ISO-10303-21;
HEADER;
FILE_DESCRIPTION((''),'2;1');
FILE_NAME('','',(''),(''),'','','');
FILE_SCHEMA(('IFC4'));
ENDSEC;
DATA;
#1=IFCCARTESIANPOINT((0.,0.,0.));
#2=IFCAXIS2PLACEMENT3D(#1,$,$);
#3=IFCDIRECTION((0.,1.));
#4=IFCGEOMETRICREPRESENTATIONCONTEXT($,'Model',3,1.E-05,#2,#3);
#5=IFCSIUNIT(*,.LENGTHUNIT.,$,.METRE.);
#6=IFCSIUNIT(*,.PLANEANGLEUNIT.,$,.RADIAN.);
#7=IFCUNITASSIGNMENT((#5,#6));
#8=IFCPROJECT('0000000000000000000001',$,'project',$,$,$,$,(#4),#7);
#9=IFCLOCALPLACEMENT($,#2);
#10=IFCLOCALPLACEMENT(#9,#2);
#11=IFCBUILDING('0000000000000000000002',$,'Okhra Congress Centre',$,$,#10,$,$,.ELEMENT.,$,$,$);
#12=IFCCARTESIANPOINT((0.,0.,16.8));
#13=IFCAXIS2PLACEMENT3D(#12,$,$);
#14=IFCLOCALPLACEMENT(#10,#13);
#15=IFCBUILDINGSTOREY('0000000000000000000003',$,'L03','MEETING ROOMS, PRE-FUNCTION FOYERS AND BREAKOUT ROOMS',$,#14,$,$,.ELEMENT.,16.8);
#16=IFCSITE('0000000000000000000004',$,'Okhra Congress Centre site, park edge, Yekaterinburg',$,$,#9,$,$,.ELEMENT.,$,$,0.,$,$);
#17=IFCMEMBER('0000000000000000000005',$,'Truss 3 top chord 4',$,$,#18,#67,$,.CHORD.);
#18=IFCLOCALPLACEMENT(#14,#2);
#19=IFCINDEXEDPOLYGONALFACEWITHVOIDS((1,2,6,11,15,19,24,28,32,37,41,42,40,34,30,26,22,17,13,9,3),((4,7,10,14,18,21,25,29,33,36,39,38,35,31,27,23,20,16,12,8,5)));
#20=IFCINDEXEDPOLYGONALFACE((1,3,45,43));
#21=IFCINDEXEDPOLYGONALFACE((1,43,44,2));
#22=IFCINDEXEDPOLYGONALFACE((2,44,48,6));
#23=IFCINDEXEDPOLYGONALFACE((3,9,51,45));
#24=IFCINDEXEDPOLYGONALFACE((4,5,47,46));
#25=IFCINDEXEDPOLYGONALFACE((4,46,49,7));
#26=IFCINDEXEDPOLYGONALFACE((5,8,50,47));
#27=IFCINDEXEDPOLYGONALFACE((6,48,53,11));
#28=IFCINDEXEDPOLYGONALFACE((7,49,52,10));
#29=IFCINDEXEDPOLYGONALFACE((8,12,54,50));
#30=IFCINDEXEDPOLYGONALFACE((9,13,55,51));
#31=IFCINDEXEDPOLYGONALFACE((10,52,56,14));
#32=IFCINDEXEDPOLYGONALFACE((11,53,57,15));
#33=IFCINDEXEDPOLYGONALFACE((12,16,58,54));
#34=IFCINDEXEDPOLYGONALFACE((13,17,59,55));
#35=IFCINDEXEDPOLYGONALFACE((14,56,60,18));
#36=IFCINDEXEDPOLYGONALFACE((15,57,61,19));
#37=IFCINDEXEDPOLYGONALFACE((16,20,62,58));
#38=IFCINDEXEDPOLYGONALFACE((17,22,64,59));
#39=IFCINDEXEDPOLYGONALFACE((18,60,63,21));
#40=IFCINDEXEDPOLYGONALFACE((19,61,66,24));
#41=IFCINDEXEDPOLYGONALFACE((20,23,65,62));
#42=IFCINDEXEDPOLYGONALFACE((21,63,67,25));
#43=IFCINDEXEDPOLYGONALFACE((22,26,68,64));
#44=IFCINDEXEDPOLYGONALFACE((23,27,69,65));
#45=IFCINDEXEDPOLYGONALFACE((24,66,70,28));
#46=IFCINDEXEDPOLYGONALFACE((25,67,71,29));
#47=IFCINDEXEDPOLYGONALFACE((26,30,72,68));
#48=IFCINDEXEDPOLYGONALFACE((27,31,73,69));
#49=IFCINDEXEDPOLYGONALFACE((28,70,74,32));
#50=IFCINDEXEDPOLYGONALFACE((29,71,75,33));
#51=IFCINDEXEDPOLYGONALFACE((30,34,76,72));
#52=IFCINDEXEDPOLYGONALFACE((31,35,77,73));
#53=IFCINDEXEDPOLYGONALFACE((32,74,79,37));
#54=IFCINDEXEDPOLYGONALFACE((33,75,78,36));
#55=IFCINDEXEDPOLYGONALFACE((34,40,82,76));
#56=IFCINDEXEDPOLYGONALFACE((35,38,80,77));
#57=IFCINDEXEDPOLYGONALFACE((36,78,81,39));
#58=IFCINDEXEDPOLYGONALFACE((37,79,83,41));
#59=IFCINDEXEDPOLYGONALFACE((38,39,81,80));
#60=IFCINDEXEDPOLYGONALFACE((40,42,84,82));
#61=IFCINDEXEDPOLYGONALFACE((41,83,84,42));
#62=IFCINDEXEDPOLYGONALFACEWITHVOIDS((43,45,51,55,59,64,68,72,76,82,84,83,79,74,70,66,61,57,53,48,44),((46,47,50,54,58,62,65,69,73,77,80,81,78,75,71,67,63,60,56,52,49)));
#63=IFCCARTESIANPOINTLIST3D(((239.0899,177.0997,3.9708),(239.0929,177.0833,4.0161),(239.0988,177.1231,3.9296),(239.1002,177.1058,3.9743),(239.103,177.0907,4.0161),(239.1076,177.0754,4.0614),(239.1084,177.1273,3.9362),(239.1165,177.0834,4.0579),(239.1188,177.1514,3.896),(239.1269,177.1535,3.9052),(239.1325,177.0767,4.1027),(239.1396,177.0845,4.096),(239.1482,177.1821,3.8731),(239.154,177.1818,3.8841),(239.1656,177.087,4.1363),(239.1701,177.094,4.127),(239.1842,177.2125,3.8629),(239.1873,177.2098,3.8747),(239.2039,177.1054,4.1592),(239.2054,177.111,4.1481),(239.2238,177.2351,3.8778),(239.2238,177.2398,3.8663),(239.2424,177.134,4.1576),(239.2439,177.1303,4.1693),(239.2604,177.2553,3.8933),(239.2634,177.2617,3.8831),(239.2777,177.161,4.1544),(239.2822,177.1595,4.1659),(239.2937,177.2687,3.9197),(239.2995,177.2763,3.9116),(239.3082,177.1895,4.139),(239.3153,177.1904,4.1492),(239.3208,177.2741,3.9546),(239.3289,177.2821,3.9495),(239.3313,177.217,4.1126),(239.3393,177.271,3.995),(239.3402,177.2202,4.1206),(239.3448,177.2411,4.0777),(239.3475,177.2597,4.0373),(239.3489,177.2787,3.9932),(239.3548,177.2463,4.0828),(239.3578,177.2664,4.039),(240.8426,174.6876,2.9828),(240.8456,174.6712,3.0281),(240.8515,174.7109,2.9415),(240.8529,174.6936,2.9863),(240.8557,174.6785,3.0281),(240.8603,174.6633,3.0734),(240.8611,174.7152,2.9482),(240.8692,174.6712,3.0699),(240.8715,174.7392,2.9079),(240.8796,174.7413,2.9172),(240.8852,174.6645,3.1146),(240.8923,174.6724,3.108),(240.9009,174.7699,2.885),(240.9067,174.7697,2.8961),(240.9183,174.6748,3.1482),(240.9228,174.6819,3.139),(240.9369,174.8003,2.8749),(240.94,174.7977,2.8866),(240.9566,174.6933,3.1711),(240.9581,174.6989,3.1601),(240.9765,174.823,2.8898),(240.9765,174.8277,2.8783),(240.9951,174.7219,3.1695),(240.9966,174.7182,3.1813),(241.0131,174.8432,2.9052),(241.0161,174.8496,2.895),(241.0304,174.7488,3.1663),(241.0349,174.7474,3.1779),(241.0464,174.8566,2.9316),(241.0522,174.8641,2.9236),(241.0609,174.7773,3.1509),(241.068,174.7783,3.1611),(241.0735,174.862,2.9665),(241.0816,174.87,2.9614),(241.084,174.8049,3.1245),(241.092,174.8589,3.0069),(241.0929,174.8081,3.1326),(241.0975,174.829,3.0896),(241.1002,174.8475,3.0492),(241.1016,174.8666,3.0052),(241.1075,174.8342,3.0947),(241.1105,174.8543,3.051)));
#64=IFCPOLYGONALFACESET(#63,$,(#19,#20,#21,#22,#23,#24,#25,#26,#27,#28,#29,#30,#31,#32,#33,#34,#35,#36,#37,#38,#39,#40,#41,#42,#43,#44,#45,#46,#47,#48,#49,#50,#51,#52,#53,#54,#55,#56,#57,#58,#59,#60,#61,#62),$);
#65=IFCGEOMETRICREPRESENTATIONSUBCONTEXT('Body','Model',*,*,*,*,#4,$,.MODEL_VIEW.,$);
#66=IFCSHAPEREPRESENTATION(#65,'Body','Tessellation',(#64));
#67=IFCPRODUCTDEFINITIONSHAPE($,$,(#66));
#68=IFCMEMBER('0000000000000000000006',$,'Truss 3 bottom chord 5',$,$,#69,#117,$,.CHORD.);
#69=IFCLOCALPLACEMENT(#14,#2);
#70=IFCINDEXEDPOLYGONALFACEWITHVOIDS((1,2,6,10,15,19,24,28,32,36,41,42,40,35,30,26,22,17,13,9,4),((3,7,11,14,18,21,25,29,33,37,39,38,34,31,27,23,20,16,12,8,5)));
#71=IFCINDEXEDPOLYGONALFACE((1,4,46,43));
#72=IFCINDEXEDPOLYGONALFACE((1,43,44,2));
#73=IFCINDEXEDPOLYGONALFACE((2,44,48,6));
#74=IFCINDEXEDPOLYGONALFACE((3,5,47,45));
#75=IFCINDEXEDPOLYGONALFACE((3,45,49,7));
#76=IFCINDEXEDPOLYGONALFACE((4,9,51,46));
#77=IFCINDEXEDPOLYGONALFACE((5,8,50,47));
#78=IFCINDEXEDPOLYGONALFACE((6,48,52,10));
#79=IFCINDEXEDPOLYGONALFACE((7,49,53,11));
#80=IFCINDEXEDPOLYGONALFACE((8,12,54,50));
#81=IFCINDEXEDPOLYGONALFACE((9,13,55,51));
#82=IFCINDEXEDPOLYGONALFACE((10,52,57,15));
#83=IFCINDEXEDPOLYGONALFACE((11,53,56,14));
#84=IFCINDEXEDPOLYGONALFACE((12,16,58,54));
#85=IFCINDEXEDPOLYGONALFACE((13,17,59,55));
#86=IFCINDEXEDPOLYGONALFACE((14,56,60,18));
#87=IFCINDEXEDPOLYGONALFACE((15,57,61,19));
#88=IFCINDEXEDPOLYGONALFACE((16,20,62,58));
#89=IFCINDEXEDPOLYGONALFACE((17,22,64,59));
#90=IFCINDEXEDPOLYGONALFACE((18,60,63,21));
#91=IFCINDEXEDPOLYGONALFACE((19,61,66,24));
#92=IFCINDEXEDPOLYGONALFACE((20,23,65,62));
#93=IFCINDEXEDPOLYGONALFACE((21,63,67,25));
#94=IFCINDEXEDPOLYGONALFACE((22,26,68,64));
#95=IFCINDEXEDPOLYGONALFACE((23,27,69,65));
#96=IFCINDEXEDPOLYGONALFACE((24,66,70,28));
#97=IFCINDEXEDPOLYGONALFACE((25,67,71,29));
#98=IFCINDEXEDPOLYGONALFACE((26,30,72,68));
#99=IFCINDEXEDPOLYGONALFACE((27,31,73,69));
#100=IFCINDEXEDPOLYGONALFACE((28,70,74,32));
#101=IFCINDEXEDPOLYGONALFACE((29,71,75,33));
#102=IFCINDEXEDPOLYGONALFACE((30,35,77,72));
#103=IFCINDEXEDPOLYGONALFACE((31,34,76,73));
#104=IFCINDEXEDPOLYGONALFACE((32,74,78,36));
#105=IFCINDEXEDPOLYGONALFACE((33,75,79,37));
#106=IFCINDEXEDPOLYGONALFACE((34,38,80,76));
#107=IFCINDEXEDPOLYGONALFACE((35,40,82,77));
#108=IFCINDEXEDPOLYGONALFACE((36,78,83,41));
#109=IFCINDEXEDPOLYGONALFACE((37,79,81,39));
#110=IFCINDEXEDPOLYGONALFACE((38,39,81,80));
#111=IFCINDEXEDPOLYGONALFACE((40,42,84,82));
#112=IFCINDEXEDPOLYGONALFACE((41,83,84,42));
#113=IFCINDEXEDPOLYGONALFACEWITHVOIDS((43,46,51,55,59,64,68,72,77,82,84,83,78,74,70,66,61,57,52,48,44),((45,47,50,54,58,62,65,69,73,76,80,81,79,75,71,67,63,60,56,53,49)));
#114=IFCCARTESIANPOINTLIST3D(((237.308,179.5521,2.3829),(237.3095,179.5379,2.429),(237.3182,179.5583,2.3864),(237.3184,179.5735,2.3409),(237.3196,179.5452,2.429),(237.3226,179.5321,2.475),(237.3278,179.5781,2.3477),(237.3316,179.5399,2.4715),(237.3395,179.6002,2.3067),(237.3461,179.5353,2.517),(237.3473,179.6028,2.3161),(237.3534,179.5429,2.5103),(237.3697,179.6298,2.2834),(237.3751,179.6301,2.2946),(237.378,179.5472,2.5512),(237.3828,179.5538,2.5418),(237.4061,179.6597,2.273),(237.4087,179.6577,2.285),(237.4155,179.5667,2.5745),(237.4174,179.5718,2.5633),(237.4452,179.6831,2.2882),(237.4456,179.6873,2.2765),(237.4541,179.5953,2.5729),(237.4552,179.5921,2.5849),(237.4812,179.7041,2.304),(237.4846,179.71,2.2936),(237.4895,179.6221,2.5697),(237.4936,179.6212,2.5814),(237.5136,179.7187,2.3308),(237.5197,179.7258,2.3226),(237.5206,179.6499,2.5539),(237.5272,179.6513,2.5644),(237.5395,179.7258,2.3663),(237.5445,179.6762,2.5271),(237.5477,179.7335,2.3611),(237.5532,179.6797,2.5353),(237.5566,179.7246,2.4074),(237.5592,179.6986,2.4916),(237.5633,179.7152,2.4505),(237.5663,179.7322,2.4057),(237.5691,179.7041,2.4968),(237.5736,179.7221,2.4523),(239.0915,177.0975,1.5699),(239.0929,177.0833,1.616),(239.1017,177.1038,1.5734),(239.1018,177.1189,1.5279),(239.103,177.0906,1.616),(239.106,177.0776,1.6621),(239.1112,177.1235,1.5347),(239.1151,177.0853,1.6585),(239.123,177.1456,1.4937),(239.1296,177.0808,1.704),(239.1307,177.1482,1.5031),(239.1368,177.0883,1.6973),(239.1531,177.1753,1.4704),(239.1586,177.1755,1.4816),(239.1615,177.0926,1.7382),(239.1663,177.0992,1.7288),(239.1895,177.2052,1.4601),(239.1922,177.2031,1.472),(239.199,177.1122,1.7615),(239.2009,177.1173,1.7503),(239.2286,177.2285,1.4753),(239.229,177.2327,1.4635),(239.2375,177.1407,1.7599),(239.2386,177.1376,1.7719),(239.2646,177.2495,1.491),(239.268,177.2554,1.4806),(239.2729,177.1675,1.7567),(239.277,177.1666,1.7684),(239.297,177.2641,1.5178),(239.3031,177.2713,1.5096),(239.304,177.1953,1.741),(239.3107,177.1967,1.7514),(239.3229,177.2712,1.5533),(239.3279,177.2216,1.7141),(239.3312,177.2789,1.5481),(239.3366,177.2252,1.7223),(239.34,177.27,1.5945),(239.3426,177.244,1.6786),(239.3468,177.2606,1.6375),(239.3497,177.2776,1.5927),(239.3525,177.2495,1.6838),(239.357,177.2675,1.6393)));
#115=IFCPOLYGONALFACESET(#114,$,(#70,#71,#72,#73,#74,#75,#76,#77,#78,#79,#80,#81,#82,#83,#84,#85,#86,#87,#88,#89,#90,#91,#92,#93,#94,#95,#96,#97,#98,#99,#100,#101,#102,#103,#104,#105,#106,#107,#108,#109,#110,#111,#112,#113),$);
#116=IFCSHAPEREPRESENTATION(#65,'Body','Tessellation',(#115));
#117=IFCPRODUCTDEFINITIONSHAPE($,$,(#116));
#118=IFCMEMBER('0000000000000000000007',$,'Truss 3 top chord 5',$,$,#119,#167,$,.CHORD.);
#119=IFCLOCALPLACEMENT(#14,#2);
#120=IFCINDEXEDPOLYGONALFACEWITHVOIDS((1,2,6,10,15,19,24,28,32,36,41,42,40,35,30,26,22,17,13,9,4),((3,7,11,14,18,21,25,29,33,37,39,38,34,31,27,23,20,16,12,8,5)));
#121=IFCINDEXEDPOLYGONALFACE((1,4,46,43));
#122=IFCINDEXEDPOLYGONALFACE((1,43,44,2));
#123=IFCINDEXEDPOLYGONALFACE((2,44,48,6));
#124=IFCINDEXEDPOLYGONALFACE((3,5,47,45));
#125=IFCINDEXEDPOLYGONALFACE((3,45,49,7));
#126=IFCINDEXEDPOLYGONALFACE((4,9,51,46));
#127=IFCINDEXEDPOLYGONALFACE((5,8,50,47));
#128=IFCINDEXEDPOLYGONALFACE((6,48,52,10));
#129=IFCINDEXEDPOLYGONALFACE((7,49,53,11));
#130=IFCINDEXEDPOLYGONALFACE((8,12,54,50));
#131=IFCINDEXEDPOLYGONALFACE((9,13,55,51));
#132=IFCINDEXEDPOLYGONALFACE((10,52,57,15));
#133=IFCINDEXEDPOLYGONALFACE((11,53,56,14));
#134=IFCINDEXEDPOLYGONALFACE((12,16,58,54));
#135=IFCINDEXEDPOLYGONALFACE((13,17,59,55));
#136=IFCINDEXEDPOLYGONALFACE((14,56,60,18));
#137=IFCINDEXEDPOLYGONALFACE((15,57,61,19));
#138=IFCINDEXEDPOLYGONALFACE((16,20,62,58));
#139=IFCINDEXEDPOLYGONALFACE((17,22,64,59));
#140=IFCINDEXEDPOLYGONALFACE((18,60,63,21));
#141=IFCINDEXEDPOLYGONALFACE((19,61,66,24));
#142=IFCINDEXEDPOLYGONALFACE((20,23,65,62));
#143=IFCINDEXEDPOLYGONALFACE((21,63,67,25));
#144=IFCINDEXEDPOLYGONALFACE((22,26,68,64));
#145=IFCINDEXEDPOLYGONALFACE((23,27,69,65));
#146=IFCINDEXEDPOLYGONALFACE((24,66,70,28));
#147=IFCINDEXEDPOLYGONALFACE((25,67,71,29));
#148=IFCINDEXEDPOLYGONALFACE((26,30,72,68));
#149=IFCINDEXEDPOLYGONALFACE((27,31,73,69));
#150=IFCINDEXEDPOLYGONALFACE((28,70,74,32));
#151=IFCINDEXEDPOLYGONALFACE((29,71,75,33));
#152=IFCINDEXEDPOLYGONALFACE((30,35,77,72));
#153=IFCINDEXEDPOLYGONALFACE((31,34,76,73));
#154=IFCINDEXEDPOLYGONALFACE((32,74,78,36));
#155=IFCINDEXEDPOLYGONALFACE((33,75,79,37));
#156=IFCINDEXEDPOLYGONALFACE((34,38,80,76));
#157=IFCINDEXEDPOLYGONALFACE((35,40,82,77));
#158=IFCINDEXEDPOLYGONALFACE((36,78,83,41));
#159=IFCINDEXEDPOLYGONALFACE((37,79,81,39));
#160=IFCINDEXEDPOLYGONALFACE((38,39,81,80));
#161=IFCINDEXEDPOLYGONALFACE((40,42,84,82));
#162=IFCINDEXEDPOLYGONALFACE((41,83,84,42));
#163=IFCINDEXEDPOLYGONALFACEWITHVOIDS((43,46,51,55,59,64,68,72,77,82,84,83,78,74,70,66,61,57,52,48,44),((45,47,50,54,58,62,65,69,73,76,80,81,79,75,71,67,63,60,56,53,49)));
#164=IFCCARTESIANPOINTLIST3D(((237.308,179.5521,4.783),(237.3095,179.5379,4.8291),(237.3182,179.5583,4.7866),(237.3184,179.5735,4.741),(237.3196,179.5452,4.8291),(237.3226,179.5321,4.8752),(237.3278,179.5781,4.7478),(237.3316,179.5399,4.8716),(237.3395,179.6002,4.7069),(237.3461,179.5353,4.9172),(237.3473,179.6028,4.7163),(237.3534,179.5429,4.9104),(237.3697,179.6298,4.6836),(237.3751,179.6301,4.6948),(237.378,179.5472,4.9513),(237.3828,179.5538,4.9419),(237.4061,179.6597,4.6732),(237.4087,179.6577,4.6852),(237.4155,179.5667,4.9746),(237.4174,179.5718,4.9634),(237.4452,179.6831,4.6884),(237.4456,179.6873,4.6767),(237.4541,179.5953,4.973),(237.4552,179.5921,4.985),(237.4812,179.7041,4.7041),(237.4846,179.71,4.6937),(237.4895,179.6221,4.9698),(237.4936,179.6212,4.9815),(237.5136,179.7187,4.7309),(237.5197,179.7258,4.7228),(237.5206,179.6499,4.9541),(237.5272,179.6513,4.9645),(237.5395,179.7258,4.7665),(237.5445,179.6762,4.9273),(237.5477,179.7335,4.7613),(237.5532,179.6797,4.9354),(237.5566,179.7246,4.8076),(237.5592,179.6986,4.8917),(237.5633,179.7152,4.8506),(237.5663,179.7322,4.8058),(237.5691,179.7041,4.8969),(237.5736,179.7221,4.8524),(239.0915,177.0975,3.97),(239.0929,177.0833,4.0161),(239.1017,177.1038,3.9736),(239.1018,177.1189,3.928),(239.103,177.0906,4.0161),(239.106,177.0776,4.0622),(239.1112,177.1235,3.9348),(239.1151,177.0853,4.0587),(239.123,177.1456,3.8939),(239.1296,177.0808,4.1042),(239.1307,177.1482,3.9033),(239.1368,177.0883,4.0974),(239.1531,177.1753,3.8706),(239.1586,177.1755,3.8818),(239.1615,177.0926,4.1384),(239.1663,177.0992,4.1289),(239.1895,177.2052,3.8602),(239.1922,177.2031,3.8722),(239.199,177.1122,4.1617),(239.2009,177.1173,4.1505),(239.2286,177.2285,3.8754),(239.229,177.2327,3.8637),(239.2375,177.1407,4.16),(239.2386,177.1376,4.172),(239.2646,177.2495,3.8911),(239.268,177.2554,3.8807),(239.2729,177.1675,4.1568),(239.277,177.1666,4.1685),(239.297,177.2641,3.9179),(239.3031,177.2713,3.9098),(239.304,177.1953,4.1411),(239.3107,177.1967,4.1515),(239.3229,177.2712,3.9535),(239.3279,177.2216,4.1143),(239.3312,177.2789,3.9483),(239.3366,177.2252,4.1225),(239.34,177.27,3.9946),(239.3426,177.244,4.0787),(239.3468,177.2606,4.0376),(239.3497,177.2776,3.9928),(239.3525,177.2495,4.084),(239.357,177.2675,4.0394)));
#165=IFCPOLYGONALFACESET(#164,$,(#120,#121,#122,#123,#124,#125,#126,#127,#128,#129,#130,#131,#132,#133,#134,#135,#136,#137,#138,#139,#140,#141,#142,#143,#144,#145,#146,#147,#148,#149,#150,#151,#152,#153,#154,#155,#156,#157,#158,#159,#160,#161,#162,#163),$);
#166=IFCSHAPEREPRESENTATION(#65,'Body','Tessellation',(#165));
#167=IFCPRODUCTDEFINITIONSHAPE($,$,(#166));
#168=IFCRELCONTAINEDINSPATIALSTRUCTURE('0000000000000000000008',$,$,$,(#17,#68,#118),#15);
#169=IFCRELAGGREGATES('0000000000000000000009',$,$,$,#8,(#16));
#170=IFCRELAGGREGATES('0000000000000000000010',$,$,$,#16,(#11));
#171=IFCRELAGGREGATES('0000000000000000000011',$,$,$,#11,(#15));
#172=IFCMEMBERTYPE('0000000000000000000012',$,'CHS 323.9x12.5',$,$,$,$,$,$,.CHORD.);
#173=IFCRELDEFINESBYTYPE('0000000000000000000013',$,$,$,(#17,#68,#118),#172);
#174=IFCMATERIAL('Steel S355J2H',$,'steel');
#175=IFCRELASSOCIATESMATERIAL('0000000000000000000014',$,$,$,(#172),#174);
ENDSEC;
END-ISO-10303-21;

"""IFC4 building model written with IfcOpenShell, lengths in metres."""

from ifc_helpers import new_model, si_unit, direction, frame, origin, origin_2d, place, context, subcontext, project, spatial, hollow_circle, extrude, material, material_profile, profile_set, type_object, element, save


model = new_model("IFC4")

# Units and contexts
model_context = context("Model", 3, precision=1e-05, world=origin(), true_north=direction((0.0, 1.0)))
body_context = subcontext(model_context, "Body", "Model", "MODEL_VIEW")
ifc_project = project(units=[si_unit("LENGTHUNIT", "METRE"), si_unit("PLANEANGLEUNIT", "RADIAN")], contexts=[model_context])

# Site, building, storey
site_placement = place(None, origin())
site = spatial("IfcSite", under=ifc_project, at=site_placement, Name="Okhra Congress Centre site, park edge, Yekaterinburg", CompositionType="ELEMENT", RefElevation=0.0)
building_placement = place(site_placement, origin())
building = spatial("IfcBuilding", under=site, at=building_placement, Name="Okhra Congress Centre", CompositionType="ELEMENT")
storey_placement = place(building_placement, frame((0.0, 0.0, 16.8)))
storey = spatial("IfcBuildingStorey", under=building, at=storey_placement, Name="L03", Description="MEETING ROOMS, PRE-FUNCTION FOYERS AND BREAKOUT ROOMS", CompositionType="ELEMENT", Elevation=16.8)

# Members
ifc_material_1 = material(Name="Steel S355J2H", Category="steel")
ifc_material_profile_1 = material_profile(ifc_material_1, hollow_circle(Radius=0.1619, WallThickness=0.0125, at=origin_2d()), Name="CHS 323.9x12.5")
ifc_profile_set_1 = profile_set([ifc_material_profile_1], Name="Steel S355J2H")
member_type_1 = type_object("IfcMemberType", Name="CHS 323.9x12.5", PredefinedType="CHORD", material=ifc_profile_set_1)
for number, where, z_axis, x_axis, name in (
    (1, (240.9766, 174.7664, 3.0281), (-0.557988, 0.767923, 0.314553), (-0.808987, -0.587826, 0.0), "Truss 3 top chord 4"),
    (2, (239.2239, 177.1785, 1.616), (-0.567774, 0.781437, 0.258821), (-0.809004, -0.587803, 0.0), "Truss 3 bottom chord 5"),
    (3, (239.2239, 177.1785, 4.0161), (-0.567774, 0.781437, 0.258821), (-0.809004, -0.587803, 0.0), "Truss 3 top chord 5"),
):
    element("IfcMember", number, at=place(storey_placement, frame(where, z_axis=z_axis, x_axis=x_axis)), inside=storey, type_object=member_type_1, Name=name, PredefinedType="CHORD", context=body_context, shape_type="SweptSolid", body=[
        extrude(hollow_circle(Radius=0.1619, WallThickness=0.0125, at=origin_2d()), origin(), (0.0, 0.0, 1.0), 3.1411),
    ])

save(model, "model.ifc")
